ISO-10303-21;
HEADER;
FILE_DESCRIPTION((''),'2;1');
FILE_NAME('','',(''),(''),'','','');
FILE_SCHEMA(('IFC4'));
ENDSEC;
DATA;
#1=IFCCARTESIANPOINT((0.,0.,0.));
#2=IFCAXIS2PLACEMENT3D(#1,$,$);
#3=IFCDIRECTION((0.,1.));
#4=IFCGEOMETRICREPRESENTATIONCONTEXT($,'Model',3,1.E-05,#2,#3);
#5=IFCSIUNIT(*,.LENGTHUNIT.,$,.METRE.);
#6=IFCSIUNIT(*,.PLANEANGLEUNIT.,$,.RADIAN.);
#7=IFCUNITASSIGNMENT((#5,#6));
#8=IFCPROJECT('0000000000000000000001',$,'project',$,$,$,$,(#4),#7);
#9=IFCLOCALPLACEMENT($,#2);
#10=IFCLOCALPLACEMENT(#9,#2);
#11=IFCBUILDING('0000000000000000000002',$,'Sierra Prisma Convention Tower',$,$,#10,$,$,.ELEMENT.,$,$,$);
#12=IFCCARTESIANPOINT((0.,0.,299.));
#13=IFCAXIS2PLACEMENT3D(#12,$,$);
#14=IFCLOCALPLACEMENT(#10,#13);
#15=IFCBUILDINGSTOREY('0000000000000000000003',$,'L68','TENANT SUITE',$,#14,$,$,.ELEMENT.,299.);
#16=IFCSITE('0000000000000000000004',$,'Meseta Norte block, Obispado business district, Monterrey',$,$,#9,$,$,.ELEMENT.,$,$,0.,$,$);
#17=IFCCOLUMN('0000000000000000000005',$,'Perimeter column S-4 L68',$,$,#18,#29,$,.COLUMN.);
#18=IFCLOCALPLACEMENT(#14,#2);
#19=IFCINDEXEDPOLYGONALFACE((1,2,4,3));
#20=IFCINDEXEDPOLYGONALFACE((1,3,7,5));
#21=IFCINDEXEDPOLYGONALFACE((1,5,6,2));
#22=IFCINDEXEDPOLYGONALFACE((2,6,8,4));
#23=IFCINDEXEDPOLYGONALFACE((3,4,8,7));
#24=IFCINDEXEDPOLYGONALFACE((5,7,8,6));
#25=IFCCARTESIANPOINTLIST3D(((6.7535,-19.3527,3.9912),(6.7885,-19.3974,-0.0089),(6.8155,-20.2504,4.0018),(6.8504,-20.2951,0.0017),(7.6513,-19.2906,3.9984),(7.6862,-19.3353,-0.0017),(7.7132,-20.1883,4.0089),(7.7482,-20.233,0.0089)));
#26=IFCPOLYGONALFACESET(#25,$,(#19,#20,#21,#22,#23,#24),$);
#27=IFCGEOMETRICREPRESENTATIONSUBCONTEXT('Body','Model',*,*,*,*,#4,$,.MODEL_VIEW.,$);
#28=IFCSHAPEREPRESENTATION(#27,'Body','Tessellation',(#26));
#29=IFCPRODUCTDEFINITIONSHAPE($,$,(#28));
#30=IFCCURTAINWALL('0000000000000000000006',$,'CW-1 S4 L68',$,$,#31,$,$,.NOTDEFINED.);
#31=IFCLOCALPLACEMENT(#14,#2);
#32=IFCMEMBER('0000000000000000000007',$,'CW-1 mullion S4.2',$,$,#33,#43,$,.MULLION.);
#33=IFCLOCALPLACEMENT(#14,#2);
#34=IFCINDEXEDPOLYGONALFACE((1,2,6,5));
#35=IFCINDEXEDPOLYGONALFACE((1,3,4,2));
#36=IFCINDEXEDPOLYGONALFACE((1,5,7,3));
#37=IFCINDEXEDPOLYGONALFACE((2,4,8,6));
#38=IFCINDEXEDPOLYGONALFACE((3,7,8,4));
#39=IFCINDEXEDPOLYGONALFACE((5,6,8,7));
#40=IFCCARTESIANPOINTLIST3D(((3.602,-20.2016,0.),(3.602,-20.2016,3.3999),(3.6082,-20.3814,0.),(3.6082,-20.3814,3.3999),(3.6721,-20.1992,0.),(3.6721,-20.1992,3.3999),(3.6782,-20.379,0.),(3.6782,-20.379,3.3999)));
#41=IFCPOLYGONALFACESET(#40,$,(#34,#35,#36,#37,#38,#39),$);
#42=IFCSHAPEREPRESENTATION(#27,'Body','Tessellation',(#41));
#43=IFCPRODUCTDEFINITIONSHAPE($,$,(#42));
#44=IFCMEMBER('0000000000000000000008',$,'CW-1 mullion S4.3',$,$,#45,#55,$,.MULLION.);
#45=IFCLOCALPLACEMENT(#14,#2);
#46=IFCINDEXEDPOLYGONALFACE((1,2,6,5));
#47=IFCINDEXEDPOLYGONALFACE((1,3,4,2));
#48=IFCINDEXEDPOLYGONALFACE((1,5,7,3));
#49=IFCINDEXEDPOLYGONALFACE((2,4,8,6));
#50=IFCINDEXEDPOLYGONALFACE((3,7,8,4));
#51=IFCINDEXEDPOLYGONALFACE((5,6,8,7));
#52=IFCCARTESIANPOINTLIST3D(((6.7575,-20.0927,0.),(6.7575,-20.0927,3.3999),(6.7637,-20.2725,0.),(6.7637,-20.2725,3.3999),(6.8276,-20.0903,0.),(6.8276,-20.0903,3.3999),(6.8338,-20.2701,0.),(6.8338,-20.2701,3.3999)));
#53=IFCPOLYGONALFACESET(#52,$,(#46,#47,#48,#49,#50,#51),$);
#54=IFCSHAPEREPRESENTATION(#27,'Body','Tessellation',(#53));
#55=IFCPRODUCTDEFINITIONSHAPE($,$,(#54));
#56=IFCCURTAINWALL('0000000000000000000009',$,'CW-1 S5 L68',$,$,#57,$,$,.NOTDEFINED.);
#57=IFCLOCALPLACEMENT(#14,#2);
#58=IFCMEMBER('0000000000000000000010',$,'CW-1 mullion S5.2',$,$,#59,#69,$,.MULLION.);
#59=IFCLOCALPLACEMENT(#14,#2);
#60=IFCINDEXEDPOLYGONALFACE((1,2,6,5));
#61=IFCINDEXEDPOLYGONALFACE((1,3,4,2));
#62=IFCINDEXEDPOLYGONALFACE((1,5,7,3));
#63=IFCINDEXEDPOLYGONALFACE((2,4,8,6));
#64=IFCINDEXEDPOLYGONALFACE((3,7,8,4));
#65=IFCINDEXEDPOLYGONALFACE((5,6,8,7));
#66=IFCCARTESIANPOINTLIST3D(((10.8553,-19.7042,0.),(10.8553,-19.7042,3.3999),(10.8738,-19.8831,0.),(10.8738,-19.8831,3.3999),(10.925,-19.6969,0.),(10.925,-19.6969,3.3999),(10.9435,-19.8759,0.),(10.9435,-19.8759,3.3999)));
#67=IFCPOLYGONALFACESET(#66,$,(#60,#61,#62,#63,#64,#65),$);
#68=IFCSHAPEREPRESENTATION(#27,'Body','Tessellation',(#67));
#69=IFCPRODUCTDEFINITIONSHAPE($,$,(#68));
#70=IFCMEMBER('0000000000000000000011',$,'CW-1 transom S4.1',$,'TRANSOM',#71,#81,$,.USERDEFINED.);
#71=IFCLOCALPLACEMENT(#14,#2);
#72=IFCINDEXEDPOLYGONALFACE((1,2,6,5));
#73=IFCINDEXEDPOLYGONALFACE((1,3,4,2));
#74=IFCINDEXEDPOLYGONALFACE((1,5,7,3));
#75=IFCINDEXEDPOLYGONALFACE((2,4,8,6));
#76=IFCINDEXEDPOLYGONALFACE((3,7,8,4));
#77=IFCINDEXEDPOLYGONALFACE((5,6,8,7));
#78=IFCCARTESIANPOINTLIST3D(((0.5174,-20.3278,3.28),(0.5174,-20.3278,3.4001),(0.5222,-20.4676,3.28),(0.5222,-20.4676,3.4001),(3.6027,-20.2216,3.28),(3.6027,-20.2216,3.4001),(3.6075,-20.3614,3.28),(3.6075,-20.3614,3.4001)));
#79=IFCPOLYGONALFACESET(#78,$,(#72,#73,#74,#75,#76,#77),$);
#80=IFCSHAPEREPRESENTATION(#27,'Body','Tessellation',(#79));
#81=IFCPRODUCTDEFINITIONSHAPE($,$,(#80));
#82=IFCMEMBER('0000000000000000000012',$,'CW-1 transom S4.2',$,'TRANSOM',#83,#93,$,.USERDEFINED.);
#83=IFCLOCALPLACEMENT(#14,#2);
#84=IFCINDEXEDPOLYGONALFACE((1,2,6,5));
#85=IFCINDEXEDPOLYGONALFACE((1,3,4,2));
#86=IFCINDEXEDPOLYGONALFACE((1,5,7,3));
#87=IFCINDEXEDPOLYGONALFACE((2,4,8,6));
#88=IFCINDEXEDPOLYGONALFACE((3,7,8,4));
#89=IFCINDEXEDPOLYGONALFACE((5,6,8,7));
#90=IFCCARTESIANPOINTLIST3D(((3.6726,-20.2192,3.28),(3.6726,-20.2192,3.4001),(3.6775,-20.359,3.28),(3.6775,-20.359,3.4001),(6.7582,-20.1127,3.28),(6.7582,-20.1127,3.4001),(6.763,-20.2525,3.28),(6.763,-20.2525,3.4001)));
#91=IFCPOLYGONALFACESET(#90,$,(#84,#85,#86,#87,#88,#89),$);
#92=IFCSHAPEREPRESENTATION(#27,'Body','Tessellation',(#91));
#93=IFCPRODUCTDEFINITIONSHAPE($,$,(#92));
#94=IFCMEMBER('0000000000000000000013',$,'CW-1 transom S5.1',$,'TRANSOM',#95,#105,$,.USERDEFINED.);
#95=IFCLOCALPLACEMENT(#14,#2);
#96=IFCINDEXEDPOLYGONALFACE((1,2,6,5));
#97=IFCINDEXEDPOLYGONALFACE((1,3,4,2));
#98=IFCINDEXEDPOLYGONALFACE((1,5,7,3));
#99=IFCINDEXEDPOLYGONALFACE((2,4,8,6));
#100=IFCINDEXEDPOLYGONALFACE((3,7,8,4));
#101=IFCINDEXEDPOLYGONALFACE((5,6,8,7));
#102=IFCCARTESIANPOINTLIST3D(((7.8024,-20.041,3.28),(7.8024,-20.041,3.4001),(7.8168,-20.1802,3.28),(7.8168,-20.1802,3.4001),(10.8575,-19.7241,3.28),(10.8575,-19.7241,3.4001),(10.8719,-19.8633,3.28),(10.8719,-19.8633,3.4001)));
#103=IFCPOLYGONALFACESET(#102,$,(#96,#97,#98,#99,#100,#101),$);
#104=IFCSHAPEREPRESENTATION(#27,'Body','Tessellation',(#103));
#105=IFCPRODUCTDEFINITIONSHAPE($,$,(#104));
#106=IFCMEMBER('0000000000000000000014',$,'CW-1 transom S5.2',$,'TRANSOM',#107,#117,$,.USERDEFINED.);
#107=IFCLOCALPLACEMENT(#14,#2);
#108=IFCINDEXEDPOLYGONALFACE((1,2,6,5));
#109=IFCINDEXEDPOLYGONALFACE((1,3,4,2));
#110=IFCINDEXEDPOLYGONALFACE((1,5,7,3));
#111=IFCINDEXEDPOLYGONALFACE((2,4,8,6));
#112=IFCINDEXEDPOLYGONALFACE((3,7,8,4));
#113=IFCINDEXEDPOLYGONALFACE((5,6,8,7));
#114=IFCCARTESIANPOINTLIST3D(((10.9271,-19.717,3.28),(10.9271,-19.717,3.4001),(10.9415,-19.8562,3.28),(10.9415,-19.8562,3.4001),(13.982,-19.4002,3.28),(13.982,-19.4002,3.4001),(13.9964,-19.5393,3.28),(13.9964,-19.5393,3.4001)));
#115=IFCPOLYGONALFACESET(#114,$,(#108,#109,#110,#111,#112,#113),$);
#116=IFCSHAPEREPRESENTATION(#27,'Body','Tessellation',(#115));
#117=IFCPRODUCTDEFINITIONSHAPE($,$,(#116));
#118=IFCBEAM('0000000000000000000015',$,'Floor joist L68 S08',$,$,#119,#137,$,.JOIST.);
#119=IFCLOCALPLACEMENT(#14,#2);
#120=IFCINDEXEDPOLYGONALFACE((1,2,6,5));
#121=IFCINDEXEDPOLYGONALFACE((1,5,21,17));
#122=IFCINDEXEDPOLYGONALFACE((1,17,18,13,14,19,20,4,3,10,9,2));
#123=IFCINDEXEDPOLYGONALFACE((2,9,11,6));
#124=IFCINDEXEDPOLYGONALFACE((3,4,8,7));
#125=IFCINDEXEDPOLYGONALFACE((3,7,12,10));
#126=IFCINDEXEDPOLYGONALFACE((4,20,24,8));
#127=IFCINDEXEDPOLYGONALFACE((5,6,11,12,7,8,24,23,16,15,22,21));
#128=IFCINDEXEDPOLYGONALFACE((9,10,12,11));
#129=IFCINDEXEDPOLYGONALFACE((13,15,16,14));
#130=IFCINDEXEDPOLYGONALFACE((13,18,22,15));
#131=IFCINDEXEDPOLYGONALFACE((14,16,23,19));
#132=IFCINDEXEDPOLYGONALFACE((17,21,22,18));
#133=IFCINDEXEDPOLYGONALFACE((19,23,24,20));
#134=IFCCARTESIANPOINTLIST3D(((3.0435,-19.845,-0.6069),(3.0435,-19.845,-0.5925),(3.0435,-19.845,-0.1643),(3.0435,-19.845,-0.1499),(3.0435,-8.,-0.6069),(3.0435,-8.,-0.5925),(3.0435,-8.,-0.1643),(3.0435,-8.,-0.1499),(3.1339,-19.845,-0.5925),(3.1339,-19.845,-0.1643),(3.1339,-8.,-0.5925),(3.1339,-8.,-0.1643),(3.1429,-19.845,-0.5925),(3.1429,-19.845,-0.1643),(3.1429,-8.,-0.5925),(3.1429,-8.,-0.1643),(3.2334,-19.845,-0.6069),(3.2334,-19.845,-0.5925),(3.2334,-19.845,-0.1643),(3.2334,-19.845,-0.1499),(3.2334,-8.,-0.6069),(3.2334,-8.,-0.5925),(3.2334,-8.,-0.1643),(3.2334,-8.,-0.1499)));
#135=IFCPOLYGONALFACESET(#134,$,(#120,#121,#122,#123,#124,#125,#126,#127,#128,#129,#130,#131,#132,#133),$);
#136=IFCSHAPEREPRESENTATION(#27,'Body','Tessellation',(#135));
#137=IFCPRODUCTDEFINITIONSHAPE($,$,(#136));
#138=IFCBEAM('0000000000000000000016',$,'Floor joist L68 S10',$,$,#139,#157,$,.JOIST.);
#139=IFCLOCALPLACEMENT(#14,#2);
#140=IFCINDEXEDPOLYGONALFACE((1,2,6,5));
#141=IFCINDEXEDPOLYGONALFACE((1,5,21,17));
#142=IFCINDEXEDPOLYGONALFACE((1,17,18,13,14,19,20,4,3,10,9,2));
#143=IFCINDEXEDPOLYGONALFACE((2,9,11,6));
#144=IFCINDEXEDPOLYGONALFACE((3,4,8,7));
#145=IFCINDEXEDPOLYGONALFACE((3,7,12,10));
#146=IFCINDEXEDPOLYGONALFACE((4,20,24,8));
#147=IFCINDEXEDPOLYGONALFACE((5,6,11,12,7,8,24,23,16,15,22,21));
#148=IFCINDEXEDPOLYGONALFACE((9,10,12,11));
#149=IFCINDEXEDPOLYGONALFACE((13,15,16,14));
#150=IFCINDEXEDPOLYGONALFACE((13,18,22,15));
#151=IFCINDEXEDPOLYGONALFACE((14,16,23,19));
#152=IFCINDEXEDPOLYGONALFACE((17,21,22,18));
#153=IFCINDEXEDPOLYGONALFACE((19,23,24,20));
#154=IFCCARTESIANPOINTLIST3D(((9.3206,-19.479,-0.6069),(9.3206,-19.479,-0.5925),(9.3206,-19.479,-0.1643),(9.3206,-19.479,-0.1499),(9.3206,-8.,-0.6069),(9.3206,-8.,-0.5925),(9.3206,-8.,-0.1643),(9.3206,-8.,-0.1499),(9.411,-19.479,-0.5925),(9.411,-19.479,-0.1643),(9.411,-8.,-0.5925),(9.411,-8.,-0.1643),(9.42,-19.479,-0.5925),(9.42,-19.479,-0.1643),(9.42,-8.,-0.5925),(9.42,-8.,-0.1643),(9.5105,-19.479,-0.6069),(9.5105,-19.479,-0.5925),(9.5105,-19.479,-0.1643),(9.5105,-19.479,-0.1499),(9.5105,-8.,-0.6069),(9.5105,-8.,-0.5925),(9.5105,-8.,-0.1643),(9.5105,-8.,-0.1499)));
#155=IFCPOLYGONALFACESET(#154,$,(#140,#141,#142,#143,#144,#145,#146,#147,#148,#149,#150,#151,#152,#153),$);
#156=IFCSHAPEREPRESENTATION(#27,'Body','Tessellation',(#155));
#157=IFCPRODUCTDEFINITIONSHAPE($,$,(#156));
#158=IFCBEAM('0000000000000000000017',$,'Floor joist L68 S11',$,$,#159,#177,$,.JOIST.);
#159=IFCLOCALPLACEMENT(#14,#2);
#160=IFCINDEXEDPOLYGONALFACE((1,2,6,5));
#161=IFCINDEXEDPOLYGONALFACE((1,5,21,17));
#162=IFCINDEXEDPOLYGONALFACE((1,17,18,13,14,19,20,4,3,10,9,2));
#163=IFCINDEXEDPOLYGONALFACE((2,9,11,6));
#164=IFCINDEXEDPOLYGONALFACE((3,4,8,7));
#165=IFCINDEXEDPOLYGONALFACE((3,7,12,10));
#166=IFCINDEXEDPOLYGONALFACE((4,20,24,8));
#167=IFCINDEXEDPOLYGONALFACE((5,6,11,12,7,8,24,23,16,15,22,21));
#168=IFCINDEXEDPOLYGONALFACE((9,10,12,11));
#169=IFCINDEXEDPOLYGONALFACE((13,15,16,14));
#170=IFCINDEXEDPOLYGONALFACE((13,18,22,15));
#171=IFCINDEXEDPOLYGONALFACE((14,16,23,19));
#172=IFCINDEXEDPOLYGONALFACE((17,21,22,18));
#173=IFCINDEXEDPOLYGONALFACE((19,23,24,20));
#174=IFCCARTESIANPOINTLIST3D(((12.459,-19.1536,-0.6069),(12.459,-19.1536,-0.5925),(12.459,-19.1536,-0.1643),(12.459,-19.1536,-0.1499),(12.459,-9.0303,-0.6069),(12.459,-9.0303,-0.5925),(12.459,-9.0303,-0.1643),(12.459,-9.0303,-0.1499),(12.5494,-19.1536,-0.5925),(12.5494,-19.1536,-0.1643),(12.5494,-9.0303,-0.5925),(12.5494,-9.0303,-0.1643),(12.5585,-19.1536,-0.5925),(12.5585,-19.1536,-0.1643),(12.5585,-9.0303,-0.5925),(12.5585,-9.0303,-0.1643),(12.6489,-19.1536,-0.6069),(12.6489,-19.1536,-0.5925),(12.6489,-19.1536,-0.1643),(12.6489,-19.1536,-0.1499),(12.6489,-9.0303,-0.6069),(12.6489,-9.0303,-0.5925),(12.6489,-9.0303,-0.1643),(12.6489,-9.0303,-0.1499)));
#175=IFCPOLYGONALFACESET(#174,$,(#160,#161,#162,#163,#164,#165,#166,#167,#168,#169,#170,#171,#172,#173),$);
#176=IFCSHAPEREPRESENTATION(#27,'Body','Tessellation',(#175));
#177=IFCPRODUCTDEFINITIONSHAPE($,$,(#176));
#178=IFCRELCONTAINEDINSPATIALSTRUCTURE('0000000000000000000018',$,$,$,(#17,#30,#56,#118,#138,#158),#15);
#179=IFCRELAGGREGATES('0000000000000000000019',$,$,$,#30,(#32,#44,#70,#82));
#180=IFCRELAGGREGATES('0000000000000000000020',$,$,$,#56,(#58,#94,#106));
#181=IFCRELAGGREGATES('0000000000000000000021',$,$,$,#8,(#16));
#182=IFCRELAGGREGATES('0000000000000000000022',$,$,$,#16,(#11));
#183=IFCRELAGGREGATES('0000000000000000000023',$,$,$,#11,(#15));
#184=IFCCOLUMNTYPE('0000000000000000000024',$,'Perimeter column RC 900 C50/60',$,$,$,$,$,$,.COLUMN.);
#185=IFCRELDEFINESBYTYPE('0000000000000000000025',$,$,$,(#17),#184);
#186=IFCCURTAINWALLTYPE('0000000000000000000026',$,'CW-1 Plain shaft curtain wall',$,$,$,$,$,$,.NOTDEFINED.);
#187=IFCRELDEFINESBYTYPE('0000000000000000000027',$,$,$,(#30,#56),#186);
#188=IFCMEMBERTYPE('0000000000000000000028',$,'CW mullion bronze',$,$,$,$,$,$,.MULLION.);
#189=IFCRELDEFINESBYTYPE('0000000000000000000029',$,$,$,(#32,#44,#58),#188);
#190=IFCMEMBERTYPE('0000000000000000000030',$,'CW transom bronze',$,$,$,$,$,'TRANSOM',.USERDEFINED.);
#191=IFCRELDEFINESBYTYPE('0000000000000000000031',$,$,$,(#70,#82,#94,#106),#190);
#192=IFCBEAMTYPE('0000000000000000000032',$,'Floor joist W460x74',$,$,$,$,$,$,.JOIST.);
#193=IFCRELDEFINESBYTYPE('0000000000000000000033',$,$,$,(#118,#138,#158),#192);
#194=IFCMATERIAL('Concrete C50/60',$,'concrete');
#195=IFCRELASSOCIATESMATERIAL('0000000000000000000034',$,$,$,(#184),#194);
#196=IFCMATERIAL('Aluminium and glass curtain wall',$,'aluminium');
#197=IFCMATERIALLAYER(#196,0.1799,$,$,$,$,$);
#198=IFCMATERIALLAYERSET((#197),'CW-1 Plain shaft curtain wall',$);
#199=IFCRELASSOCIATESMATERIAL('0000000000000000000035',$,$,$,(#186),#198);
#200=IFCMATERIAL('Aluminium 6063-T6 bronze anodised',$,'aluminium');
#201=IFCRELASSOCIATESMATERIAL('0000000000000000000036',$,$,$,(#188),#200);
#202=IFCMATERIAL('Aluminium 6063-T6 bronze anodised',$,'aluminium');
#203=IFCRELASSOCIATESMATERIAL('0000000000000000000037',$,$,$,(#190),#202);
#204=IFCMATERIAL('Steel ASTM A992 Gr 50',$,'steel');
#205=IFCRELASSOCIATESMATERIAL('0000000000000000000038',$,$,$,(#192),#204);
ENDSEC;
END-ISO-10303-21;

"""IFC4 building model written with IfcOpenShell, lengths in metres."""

from ifc_helpers import new_model, si_unit, direction, frame, origin, origin_2d, place, context, subcontext, project, spatial, rectangle, i_section, extrude, material, layer, layer_set, material_profile, profile_set, type_object, element, aggregate, save


model = new_model("IFC4")

# Units and contexts
model_context = context("Model", 3, precision=1e-05, world=origin(), true_north=direction((0.0, 1.0)))
body_context = subcontext(model_context, "Body", "Model", "MODEL_VIEW")
ifc_project = project(units=[si_unit("LENGTHUNIT", "METRE"), si_unit("PLANEANGLEUNIT", "RADIAN")], contexts=[model_context])

# Site, building, storey
site_placement = place(None, origin())
site = spatial("IfcSite", under=ifc_project, at=site_placement, Name="Meseta Norte block, Obispado business district, Monterrey", CompositionType="ELEMENT", RefElevation=0.0)
building_placement = place(site_placement, origin())
building = spatial("IfcBuilding", under=site, at=building_placement, Name="Sierra Prisma Convention Tower", CompositionType="ELEMENT")
storey_placement = place(building_placement, frame((0.0, 0.0, 299.0)))
storey = spatial("IfcBuildingStorey", under=building, at=storey_placement, Name="L68", Description="TENANT SUITE", CompositionType="ELEMENT", Elevation=299.0)

# Column
ifc_material_1 = material(Name="Concrete C50/60", Category="concrete")
ifc_material_profile_1 = material_profile(ifc_material_1, rectangle(XDim=0.8999, YDim=0.8999, at=origin_2d()), Name="Perimeter column RC 900 C50/60")
ifc_profile_set_1 = profile_set([ifc_material_profile_1], Name="Concrete C50/60")
column_type = type_object("IfcColumnType", Name="Perimeter column RC 900 C50/60", PredefinedType="COLUMN", material=ifc_profile_set_1)
column_placement = place(storey_placement, frame((7.2683, -19.8152, 0.0), z_axis=(-0.008727, 0.011168, 0.9999), x_axis=(0.997588, 0.068951, 0.007937)))
element("IfcColumn", 1, at=column_placement, inside=storey, type_object=column_type, Name="Perimeter column S-4 L68", PredefinedType="COLUMN", context=body_context, shape_type="SweptSolid", body=[
    extrude(rectangle(XDim=0.8999, YDim=0.8999, at=origin_2d()), origin(), (0.0, 0.0, 1.0), 4.0005),
])

# Curtain wall, members
ifc_material_2 = material(Name="Aluminium and glass curtain wall", Category="aluminium")
ifc_layer_1 = layer(ifc_material_2, 0.1799)
ifc_layer_set_1 = layer_set([ifc_layer_1], Name="CW-1 Plain shaft curtain wall")
curtain_wall_type = type_object("IfcCurtainWallType", Name="CW-1 Plain shaft curtain wall", PredefinedType="NOTDEFINED", material=ifc_layer_set_1)
curtain_wall_1_placement = place(storey_placement, origin())
curtain_wall_1 = element("IfcCurtainWall", 2, at=curtain_wall_1_placement, inside=storey, type_object=curtain_wall_type, Name="CW-1 S4 L68", PredefinedType="NOTDEFINED")
ifc_material_3 = material(Name="Aluminium 6063-T6 bronze anodised", Category="aluminium")
ifc_material_profile_2 = material_profile(ifc_material_3, rectangle(XDim=0.1799, YDim=0.0701, at=origin_2d()), Name="ALU MULLION 70x180")
ifc_profile_set_2 = profile_set([ifc_material_profile_2], Name="Aluminium 6063-T6 bronze anodised")
member_type_1 = type_object("IfcMemberType", Name="CW mullion bronze", PredefinedType="MULLION", material=ifc_profile_set_2)
member_1_placement = place(storey_placement, frame((3.6401, -20.2903, 0.0), z_axis=(0.0, 0.0, 1.0), x_axis=(-0.034449, 0.999406, 0.0)))
member_1 = element("IfcMember", 3, at=member_1_placement, type_object=member_type_1, Name="CW-1 mullion S4.2", PredefinedType="MULLION", context=body_context, shape_type="SweptSolid", body=[
    extrude(rectangle(XDim=0.1799, YDim=0.0701, at=origin_2d()), origin(), (0.0, 0.0, 1.0), 3.3999),
])
member_2_placement = place(storey_placement, frame((6.7957, -20.1814, 0.0), z_axis=(0.0, 0.0, 1.0), x_axis=(-0.034449, 0.999406, 0.0)))
member_2 = element("IfcMember", 4, at=member_2_placement, type_object=member_type_1, Name="CW-1 mullion S4.3", PredefinedType="MULLION", context=body_context, shape_type="SweptSolid", body=[
    extrude(rectangle(XDim=0.1799, YDim=0.0701, at=origin_2d()), origin(), (0.0, 0.0, 1.0), 3.3999),
])

# Curtain wall, member
curtain_wall_2_placement = place(storey_placement, origin())
curtain_wall_2 = element("IfcCurtainWall", 5, at=curtain_wall_2_placement, inside=storey, type_object=curtain_wall_type, Name="CW-1 S5 L68", PredefinedType="NOTDEFINED")
member_3_placement = place(storey_placement, frame((10.8994, -19.79, 0.0), z_axis=(0.0, 0.0, 1.0), x_axis=(-0.103184, 0.994662, 0.0)))
member_3 = element("IfcMember", 6, at=member_3_placement, type_object=member_type_1, Name="CW-1 mullion S5.2", PredefinedType="MULLION", context=body_context, shape_type="SweptSolid", body=[
    extrude(rectangle(XDim=0.1799, YDim=0.0701, at=origin_2d()), origin(), (0.0, 0.0, 1.0), 3.3999),
])

# Members
ifc_material_4 = material(Name="Aluminium 6063-T6 bronze anodised", Category="aluminium")
ifc_material_profile_3 = material_profile(ifc_material_4, rectangle(XDim=0.1399, YDim=0.1201, at=origin_2d()), Name="ALU TRANSOM 120x140")
ifc_profile_set_3 = profile_set([ifc_material_profile_3], Name="Aluminium 6063-T6 bronze anodised")
member_type_2 = type_object("IfcMemberType", Name="CW transom bronze", ElementType="TRANSOM", PredefinedType="USERDEFINED", material=ifc_profile_set_3)
member_4_placement = place(storey_placement, frame((0.5198, -20.3977, 3.3401), z_axis=(0.999408, 0.0344, 0.0), x_axis=(-0.0344, 0.999408, 0.0)))
member_4 = element("IfcMember", 7, at=member_4_placement, type_object=member_type_2, Name="CW-1 transom S4.1", ObjectType="TRANSOM", PredefinedType="USERDEFINED", context=body_context, shape_type="SweptSolid", body=[
    extrude(rectangle(XDim=0.1399, YDim=0.1201, at=origin_2d()), origin(), (0.0, 0.0, 1.0), 3.0872),
])
member_5_placement = place(storey_placement, frame((3.675, -20.2891, 3.3401), z_axis=(0.999405, 0.034479, 0.0), x_axis=(-0.034479, 0.999405, 0.0)))
member_5 = element("IfcMember", 8, at=member_5_placement, type_object=member_type_2, Name="CW-1 transom S4.2", ObjectType="TRANSOM", PredefinedType="USERDEFINED", context=body_context, shape_type="SweptSolid", body=[
    extrude(rectangle(XDim=0.1399, YDim=0.1201, at=origin_2d()), origin(), (0.0, 0.0, 1.0), 3.0874),
])
member_6_placement = place(storey_placement, frame((7.8096, -20.1106, 3.3401), z_axis=(0.994664, 0.10317, 0.0), x_axis=(-0.10317, 0.994664, 0.0)))
member_6 = element("IfcMember", 9, at=member_6_placement, type_object=member_type_2, Name="CW-1 transom S5.1", ObjectType="TRANSOM", PredefinedType="USERDEFINED", context=body_context, shape_type="SweptSolid", body=[
    extrude(rectangle(XDim=0.1399, YDim=0.1201, at=origin_2d()), origin(), (0.0, 0.0, 1.0), 3.0715),
])
member_7_placement = place(storey_placement, frame((10.9343, -19.7866, 3.3401), z_axis=(0.994663, 0.103178, 0.0), x_axis=(-0.103178, 0.994663, 0.0)))
member_7 = element("IfcMember", 10, at=member_7_placement, type_object=member_type_2, Name="CW-1 transom S5.2", ObjectType="TRANSOM", PredefinedType="USERDEFINED", context=body_context, shape_type="SweptSolid", body=[
    extrude(rectangle(XDim=0.1399, YDim=0.1201, at=origin_2d()), origin(), (0.0, 0.0, 1.0), 3.0713),
])

# Beams
ifc_material_5 = material(Name="Steel ASTM A992 Gr 50", Category="steel")
ifc_material_profile_4 = material_profile(ifc_material_5, i_section(OverallWidth=0.1899, OverallDepth=0.457, WebThickness=0.009, FlangeThickness=0.0144, at=origin_2d()), Name="W460x74")
ifc_profile_set_4 = profile_set([ifc_material_profile_4], Name="Steel ASTM A992 Gr 50")
beam_type_1 = type_object("IfcBeamType", Name="Floor joist W460x74", PredefinedType="JOIST", material=ifc_profile_set_4)
beam_1_placement = place(storey_placement, frame((3.1384, -19.845, -0.3784), z_axis=(0.0, 1.0, 0.0), x_axis=(-1.0, 0.0, 0.0)))
element("IfcBeam", 11, at=beam_1_placement, inside=storey, type_object=beam_type_1, Name="Floor joist L68 S08", PredefinedType="JOIST", context=body_context, shape_type="SweptSolid", body=[
    extrude(i_section(OverallWidth=0.1899, OverallDepth=0.457, WebThickness=0.009, FlangeThickness=0.0144, at=origin_2d()), origin(), (0.0, 0.0, 1.0), 11.845),
])
beam_2_placement = place(storey_placement, frame((9.4155, -19.479, -0.3784), z_axis=(0.0, 1.0, 0.0), x_axis=(-1.0, 0.0, 0.0)))
element("IfcBeam", 12, at=beam_2_placement, inside=storey, type_object=beam_type_1, Name="Floor joist L68 S10", PredefinedType="JOIST", context=body_context, shape_type="SweptSolid", body=[
    extrude(i_section(OverallWidth=0.1899, OverallDepth=0.457, WebThickness=0.009, FlangeThickness=0.0144, at=origin_2d()), origin(), (0.0, 0.0, 1.0), 11.479),
])
beam_3_placement = place(storey_placement, frame((12.554, -19.1536, -0.3784), z_axis=(0.0, 1.0, 0.0), x_axis=(-1.0, 0.0, 0.0)))
element("IfcBeam", 13, at=beam_3_placement, inside=storey, type_object=beam_type_1, Name="Floor joist L68 S11", PredefinedType="JOIST", context=body_context, shape_type="SweptSolid", body=[
    extrude(i_section(OverallWidth=0.1899, OverallDepth=0.457, WebThickness=0.009, FlangeThickness=0.0144, at=origin_2d()), origin(), (0.0, 0.0, 1.0), 10.1233),
])

aggregate(curtain_wall_1, [member_1, member_2, member_4, member_5])
aggregate(curtain_wall_2, [member_3, member_6, member_7])

save(model, "model.ifc")
